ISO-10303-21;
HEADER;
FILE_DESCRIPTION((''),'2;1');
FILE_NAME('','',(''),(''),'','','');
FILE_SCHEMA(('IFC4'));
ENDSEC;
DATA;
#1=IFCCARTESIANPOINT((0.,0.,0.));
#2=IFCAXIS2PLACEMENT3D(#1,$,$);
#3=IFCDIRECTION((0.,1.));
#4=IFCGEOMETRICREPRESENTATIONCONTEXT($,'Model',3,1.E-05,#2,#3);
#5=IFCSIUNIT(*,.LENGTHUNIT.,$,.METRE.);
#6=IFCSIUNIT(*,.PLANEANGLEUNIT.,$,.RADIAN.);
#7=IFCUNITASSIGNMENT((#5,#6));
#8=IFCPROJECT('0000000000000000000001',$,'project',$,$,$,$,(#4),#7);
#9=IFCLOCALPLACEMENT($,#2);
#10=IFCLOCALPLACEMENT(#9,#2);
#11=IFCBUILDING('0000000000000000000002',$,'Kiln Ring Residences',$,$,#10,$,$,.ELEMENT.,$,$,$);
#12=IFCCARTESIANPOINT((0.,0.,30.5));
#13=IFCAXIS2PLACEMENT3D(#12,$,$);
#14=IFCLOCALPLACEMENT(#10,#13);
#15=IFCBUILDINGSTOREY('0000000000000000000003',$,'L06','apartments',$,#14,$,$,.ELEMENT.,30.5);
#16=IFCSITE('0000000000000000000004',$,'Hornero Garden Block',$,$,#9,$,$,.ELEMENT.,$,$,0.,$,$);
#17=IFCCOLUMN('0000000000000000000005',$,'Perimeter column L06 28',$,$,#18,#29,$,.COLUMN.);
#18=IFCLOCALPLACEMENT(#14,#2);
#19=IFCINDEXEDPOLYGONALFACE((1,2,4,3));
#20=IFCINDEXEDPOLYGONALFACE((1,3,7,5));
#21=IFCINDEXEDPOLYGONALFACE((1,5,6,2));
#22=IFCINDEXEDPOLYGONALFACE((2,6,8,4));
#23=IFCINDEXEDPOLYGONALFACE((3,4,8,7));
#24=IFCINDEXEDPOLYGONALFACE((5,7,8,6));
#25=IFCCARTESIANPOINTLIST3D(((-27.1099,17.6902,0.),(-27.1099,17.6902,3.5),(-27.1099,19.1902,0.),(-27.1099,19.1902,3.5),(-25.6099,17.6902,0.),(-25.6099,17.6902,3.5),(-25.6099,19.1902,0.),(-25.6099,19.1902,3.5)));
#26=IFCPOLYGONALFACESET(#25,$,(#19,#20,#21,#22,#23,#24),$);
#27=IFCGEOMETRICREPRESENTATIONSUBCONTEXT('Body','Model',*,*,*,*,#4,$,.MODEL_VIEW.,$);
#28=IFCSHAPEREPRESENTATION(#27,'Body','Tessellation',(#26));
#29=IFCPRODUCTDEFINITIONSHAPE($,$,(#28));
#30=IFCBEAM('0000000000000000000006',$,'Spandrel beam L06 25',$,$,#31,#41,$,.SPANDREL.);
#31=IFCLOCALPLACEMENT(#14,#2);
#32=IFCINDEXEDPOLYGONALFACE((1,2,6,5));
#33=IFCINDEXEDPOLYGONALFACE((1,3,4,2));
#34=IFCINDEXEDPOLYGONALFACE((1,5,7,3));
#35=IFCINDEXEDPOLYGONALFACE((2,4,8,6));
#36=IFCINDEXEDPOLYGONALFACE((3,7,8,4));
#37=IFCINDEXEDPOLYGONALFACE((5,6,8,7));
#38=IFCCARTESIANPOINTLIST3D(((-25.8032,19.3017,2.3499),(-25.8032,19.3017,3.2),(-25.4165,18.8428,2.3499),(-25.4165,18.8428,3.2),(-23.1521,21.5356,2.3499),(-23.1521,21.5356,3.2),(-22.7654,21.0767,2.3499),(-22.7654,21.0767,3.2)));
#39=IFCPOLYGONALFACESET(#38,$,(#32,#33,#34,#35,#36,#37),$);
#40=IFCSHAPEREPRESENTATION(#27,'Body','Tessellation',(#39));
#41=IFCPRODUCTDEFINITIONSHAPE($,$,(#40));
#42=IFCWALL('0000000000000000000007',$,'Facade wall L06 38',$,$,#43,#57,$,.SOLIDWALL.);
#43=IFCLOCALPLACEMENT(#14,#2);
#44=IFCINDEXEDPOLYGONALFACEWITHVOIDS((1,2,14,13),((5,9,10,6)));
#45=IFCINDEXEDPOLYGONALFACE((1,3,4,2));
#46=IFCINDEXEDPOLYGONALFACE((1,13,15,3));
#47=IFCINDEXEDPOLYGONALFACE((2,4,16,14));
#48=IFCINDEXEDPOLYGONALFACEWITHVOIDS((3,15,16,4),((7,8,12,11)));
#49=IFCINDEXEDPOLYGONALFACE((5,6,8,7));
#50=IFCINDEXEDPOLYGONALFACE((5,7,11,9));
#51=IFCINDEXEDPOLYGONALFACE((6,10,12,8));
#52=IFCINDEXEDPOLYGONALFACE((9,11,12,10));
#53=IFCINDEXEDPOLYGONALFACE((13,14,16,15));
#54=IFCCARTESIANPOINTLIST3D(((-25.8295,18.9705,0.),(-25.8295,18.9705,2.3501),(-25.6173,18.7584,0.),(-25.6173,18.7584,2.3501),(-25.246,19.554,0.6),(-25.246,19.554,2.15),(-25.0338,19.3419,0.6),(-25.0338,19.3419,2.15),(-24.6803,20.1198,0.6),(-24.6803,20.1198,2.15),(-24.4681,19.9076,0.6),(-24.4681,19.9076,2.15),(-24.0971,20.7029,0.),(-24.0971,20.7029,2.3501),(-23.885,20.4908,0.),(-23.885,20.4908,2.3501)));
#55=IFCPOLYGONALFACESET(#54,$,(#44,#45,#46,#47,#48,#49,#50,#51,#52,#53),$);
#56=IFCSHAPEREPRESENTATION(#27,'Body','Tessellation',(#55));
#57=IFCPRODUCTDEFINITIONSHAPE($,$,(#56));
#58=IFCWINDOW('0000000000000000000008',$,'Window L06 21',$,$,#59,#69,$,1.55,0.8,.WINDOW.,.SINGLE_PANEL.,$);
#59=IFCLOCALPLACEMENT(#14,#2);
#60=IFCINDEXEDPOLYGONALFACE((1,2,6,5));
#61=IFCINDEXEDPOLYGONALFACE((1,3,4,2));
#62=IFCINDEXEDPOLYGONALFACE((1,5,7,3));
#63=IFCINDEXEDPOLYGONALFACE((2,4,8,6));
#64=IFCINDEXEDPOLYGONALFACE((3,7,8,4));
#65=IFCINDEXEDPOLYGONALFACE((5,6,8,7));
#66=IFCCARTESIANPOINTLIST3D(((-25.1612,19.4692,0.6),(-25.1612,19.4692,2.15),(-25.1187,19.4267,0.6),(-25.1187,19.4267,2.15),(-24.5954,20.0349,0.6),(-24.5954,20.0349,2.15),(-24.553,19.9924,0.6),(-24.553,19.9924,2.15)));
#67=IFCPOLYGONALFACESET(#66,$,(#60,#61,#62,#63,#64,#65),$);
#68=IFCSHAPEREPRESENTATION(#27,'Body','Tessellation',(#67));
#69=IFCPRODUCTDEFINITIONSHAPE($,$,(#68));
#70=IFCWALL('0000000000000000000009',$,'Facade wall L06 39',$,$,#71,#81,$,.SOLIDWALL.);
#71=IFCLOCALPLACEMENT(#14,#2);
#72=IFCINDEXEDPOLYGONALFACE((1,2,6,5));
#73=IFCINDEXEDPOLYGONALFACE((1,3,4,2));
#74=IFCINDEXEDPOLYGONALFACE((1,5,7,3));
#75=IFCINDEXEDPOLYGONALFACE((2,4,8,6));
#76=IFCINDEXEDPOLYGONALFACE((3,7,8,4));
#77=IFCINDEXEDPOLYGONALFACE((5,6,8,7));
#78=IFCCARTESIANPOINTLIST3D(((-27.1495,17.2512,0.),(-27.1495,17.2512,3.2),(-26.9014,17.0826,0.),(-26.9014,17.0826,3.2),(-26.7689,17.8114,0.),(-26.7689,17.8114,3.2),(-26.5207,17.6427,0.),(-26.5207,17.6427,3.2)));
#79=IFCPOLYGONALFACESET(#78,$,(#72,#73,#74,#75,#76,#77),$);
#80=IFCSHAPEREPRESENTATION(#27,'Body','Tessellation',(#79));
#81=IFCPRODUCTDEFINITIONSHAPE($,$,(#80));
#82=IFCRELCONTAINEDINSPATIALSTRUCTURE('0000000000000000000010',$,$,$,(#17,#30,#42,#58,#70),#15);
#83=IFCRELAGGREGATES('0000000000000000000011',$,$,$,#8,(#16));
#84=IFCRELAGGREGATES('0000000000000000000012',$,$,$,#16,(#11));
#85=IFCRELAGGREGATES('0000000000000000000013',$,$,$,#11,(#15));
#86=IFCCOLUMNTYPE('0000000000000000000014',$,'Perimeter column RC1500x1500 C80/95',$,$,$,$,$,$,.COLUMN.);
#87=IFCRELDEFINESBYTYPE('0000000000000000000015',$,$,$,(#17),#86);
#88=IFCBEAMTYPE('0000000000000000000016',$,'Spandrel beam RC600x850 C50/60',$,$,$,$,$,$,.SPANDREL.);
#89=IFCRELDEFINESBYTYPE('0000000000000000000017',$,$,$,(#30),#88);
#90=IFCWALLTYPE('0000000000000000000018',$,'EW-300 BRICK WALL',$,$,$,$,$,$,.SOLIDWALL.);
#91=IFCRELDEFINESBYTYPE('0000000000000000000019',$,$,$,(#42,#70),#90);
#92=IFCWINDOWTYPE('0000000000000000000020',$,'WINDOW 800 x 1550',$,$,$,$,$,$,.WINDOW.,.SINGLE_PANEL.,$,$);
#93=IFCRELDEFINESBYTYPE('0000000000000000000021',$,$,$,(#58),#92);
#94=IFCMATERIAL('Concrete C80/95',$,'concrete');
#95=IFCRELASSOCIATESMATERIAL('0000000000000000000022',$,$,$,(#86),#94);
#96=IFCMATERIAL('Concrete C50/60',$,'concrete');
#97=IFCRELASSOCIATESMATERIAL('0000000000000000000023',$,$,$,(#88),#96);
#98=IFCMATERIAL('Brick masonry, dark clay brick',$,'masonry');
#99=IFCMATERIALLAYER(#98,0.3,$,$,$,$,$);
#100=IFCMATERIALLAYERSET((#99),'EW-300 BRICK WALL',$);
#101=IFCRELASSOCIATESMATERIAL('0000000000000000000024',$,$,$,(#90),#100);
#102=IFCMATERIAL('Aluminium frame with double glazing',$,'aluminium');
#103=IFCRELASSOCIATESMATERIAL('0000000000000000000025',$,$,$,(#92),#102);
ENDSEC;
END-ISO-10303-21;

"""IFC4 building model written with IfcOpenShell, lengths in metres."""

from ifc_helpers import new_model, si_unit, direction, frame, frame_2d, origin, origin_2d, place, context, subcontext, project, spatial, rectangle, extrude, material, layer, layer_set, material_profile, profile_set, type_object, element, fill, save


model = new_model("IFC4")

# Units and contexts
model_context = context("Model", 3, precision=1e-05, world=origin(), true_north=direction((0.0, 1.0)))
body_context = subcontext(model_context, "Body", "Model", "MODEL_VIEW")
ifc_project = project(units=[si_unit("LENGTHUNIT", "METRE"), si_unit("PLANEANGLEUNIT", "RADIAN")], contexts=[model_context])

# Site, building, storey
site_placement = place(None, origin())
site = spatial("IfcSite", under=ifc_project, at=site_placement, Name="Hornero Garden Block", CompositionType="ELEMENT", RefElevation=0.0)
building_placement = place(site_placement, origin())
building = spatial("IfcBuilding", under=site, at=building_placement, Name="Kiln Ring Residences", CompositionType="ELEMENT")
storey_placement = place(building_placement, frame((0.0, 0.0, 30.5)))
storey = spatial("IfcBuildingStorey", under=building, at=storey_placement, Name="L06", Description="apartments", CompositionType="ELEMENT", Elevation=30.5)

# Column
ifc_material_1 = material(Name="Concrete C80/95", Category="concrete")
ifc_material_profile_1 = material_profile(ifc_material_1, rectangle(XDim=1.5, YDim=1.5, at=origin_2d()), Name="RC1500x1500")
ifc_profile_set_1 = profile_set([ifc_material_profile_1], Name="Concrete C80/95")
column_type = type_object("IfcColumnType", Name="Perimeter column RC1500x1500 C80/95", PredefinedType="COLUMN", material=ifc_profile_set_1)
column_placement = place(storey_placement, frame((-26.3599, 18.4402, 0.0), z_axis=(0.0, 0.0, 1.0), x_axis=(1.0, 0.0, 0.0)))
element("IfcColumn", 1, at=column_placement, inside=storey, type_object=column_type, Name="Perimeter column L06 28", PredefinedType="COLUMN", context=body_context, shape_type="SweptSolid", body=[
    extrude(rectangle(XDim=1.5, YDim=1.5, at=origin_2d()), origin(), (0.0, 0.0, 1.0), 3.5),
])

# Beam
ifc_material_2 = material(Name="Concrete C50/60", Category="concrete")
ifc_material_profile_2 = material_profile(ifc_material_2, rectangle(XDim=0.6001, YDim=0.8501, at=origin_2d()), Name="RC600x850")
ifc_profile_set_2 = profile_set([ifc_material_profile_2], Name="Concrete C50/60")
beam_type = type_object("IfcBeamType", Name="Spandrel beam RC600x850 C50/60", PredefinedType="SPANDREL", material=ifc_profile_set_2)
beam_placement = place(storey_placement, frame((-22.9587, 21.3062, 2.7749), z_axis=(-0.764718, -0.644366, 0.0), x_axis=(0.644366, -0.764718, 0.0)))
element("IfcBeam", 2, at=beam_placement, inside=storey, type_object=beam_type, Name="Spandrel beam L06 25", PredefinedType="SPANDREL", context=body_context, shape_type="SweptSolid", body=[
    extrude(rectangle(XDim=0.6001, YDim=0.8501, at=origin_2d()), origin(), (0.0, 0.0, 1.0), 3.4668),
])

# Wall, opening, window
ifc_material_3 = material(Name="Brick masonry, dark clay brick", Category="masonry")
ifc_layer_1 = layer(ifc_material_3, 0.3)
ifc_layer_set_1 = layer_set([ifc_layer_1], Name="EW-300 BRICK WALL")
wall_type_1 = type_object("IfcWallType", Name="EW-300 BRICK WALL", PredefinedType="SOLIDWALL", material=ifc_layer_set_1)
wall_1_placement = place(storey_placement, frame((-23.991, 20.5969, 0.0), z_axis=(0.0, 0.0, 1.0), x_axis=(-0.707107, -0.707107, 0.0)))
wall_1 = element("IfcWall", 3, at=wall_1_placement, inside=storey, type_object=wall_type_1, Name="Facade wall L06 38", PredefinedType="SOLIDWALL", context=body_context, shape_type="SweptSolid", body=[
    extrude(rectangle(XDim=2.45, YDim=0.3, at=frame_2d((1.2251, 0.0))), origin(), (0.0, 0.0, 1.0), 2.3501),
])
opening_1_placement = place(wall_1_placement, frame((0.825, 0.0, 0.6001)))
opening_1 = element("IfcOpeningElement", 4, at=opening_1_placement, cuts=wall_1, PredefinedType="OPENING", context=body_context, shape_type="SweptSolid", body=[
    extrude(rectangle(XDim=0.8, YDim=1.55, at=frame_2d((0.3999, 0.7749))), frame((0.0, 0.1599, 0.0), z_axis=(0.0, -1.0, 0.0), x_axis=(1.0, 0.0, 0.0)), (0.0, 0.0, 1.0), 0.3201),
])
ifc_material_4 = material(Name="Aluminium frame with double glazing", Category="aluminium")
window_type = type_object("IfcWindowType", Name="WINDOW 800 x 1550", PartitioningType="SINGLE_PANEL", PredefinedType="WINDOW", material=ifc_material_4)
window_placement = place(opening_1_placement, origin())
window = element("IfcWindow", 5, at=window_placement, inside=storey, type_object=window_type, Name="Window L06 21", OverallHeight=1.55, OverallWidth=0.8, PartitioningType="SINGLE_PANEL", PredefinedType="WINDOW", context=body_context, shape_type="SweptSolid", body=[
    extrude(rectangle(XDim=0.8, YDim=1.55, at=frame_2d((0.3999, 0.7749))), frame((0.0, 0.03, 0.0), z_axis=(0.0, -1.0, 0.0), x_axis=(1.0, 0.0, 0.0)), (0.0, 0.0, 1.0), 0.0601),
])
fill(opening_1, window)

# Wall
wall_2_placement = place(storey_placement, frame((-26.6448, 17.7271, 0.0), z_axis=(0.0, 0.0, 1.0), x_axis=(-0.562083, -0.827081, 0.0)))
element("IfcWall", 6, at=wall_2_placement, inside=storey, type_object=wall_type_1, Name="Facade wall L06 39", PredefinedType="SOLIDWALL", context=body_context, shape_type="SweptSolid", body=[
    extrude(rectangle(XDim=0.6772, YDim=0.3, at=frame_2d((0.3386, 0.0))), origin(), (0.0, 0.0, 1.0), 3.2),
])

save(model, "model.ifc")
